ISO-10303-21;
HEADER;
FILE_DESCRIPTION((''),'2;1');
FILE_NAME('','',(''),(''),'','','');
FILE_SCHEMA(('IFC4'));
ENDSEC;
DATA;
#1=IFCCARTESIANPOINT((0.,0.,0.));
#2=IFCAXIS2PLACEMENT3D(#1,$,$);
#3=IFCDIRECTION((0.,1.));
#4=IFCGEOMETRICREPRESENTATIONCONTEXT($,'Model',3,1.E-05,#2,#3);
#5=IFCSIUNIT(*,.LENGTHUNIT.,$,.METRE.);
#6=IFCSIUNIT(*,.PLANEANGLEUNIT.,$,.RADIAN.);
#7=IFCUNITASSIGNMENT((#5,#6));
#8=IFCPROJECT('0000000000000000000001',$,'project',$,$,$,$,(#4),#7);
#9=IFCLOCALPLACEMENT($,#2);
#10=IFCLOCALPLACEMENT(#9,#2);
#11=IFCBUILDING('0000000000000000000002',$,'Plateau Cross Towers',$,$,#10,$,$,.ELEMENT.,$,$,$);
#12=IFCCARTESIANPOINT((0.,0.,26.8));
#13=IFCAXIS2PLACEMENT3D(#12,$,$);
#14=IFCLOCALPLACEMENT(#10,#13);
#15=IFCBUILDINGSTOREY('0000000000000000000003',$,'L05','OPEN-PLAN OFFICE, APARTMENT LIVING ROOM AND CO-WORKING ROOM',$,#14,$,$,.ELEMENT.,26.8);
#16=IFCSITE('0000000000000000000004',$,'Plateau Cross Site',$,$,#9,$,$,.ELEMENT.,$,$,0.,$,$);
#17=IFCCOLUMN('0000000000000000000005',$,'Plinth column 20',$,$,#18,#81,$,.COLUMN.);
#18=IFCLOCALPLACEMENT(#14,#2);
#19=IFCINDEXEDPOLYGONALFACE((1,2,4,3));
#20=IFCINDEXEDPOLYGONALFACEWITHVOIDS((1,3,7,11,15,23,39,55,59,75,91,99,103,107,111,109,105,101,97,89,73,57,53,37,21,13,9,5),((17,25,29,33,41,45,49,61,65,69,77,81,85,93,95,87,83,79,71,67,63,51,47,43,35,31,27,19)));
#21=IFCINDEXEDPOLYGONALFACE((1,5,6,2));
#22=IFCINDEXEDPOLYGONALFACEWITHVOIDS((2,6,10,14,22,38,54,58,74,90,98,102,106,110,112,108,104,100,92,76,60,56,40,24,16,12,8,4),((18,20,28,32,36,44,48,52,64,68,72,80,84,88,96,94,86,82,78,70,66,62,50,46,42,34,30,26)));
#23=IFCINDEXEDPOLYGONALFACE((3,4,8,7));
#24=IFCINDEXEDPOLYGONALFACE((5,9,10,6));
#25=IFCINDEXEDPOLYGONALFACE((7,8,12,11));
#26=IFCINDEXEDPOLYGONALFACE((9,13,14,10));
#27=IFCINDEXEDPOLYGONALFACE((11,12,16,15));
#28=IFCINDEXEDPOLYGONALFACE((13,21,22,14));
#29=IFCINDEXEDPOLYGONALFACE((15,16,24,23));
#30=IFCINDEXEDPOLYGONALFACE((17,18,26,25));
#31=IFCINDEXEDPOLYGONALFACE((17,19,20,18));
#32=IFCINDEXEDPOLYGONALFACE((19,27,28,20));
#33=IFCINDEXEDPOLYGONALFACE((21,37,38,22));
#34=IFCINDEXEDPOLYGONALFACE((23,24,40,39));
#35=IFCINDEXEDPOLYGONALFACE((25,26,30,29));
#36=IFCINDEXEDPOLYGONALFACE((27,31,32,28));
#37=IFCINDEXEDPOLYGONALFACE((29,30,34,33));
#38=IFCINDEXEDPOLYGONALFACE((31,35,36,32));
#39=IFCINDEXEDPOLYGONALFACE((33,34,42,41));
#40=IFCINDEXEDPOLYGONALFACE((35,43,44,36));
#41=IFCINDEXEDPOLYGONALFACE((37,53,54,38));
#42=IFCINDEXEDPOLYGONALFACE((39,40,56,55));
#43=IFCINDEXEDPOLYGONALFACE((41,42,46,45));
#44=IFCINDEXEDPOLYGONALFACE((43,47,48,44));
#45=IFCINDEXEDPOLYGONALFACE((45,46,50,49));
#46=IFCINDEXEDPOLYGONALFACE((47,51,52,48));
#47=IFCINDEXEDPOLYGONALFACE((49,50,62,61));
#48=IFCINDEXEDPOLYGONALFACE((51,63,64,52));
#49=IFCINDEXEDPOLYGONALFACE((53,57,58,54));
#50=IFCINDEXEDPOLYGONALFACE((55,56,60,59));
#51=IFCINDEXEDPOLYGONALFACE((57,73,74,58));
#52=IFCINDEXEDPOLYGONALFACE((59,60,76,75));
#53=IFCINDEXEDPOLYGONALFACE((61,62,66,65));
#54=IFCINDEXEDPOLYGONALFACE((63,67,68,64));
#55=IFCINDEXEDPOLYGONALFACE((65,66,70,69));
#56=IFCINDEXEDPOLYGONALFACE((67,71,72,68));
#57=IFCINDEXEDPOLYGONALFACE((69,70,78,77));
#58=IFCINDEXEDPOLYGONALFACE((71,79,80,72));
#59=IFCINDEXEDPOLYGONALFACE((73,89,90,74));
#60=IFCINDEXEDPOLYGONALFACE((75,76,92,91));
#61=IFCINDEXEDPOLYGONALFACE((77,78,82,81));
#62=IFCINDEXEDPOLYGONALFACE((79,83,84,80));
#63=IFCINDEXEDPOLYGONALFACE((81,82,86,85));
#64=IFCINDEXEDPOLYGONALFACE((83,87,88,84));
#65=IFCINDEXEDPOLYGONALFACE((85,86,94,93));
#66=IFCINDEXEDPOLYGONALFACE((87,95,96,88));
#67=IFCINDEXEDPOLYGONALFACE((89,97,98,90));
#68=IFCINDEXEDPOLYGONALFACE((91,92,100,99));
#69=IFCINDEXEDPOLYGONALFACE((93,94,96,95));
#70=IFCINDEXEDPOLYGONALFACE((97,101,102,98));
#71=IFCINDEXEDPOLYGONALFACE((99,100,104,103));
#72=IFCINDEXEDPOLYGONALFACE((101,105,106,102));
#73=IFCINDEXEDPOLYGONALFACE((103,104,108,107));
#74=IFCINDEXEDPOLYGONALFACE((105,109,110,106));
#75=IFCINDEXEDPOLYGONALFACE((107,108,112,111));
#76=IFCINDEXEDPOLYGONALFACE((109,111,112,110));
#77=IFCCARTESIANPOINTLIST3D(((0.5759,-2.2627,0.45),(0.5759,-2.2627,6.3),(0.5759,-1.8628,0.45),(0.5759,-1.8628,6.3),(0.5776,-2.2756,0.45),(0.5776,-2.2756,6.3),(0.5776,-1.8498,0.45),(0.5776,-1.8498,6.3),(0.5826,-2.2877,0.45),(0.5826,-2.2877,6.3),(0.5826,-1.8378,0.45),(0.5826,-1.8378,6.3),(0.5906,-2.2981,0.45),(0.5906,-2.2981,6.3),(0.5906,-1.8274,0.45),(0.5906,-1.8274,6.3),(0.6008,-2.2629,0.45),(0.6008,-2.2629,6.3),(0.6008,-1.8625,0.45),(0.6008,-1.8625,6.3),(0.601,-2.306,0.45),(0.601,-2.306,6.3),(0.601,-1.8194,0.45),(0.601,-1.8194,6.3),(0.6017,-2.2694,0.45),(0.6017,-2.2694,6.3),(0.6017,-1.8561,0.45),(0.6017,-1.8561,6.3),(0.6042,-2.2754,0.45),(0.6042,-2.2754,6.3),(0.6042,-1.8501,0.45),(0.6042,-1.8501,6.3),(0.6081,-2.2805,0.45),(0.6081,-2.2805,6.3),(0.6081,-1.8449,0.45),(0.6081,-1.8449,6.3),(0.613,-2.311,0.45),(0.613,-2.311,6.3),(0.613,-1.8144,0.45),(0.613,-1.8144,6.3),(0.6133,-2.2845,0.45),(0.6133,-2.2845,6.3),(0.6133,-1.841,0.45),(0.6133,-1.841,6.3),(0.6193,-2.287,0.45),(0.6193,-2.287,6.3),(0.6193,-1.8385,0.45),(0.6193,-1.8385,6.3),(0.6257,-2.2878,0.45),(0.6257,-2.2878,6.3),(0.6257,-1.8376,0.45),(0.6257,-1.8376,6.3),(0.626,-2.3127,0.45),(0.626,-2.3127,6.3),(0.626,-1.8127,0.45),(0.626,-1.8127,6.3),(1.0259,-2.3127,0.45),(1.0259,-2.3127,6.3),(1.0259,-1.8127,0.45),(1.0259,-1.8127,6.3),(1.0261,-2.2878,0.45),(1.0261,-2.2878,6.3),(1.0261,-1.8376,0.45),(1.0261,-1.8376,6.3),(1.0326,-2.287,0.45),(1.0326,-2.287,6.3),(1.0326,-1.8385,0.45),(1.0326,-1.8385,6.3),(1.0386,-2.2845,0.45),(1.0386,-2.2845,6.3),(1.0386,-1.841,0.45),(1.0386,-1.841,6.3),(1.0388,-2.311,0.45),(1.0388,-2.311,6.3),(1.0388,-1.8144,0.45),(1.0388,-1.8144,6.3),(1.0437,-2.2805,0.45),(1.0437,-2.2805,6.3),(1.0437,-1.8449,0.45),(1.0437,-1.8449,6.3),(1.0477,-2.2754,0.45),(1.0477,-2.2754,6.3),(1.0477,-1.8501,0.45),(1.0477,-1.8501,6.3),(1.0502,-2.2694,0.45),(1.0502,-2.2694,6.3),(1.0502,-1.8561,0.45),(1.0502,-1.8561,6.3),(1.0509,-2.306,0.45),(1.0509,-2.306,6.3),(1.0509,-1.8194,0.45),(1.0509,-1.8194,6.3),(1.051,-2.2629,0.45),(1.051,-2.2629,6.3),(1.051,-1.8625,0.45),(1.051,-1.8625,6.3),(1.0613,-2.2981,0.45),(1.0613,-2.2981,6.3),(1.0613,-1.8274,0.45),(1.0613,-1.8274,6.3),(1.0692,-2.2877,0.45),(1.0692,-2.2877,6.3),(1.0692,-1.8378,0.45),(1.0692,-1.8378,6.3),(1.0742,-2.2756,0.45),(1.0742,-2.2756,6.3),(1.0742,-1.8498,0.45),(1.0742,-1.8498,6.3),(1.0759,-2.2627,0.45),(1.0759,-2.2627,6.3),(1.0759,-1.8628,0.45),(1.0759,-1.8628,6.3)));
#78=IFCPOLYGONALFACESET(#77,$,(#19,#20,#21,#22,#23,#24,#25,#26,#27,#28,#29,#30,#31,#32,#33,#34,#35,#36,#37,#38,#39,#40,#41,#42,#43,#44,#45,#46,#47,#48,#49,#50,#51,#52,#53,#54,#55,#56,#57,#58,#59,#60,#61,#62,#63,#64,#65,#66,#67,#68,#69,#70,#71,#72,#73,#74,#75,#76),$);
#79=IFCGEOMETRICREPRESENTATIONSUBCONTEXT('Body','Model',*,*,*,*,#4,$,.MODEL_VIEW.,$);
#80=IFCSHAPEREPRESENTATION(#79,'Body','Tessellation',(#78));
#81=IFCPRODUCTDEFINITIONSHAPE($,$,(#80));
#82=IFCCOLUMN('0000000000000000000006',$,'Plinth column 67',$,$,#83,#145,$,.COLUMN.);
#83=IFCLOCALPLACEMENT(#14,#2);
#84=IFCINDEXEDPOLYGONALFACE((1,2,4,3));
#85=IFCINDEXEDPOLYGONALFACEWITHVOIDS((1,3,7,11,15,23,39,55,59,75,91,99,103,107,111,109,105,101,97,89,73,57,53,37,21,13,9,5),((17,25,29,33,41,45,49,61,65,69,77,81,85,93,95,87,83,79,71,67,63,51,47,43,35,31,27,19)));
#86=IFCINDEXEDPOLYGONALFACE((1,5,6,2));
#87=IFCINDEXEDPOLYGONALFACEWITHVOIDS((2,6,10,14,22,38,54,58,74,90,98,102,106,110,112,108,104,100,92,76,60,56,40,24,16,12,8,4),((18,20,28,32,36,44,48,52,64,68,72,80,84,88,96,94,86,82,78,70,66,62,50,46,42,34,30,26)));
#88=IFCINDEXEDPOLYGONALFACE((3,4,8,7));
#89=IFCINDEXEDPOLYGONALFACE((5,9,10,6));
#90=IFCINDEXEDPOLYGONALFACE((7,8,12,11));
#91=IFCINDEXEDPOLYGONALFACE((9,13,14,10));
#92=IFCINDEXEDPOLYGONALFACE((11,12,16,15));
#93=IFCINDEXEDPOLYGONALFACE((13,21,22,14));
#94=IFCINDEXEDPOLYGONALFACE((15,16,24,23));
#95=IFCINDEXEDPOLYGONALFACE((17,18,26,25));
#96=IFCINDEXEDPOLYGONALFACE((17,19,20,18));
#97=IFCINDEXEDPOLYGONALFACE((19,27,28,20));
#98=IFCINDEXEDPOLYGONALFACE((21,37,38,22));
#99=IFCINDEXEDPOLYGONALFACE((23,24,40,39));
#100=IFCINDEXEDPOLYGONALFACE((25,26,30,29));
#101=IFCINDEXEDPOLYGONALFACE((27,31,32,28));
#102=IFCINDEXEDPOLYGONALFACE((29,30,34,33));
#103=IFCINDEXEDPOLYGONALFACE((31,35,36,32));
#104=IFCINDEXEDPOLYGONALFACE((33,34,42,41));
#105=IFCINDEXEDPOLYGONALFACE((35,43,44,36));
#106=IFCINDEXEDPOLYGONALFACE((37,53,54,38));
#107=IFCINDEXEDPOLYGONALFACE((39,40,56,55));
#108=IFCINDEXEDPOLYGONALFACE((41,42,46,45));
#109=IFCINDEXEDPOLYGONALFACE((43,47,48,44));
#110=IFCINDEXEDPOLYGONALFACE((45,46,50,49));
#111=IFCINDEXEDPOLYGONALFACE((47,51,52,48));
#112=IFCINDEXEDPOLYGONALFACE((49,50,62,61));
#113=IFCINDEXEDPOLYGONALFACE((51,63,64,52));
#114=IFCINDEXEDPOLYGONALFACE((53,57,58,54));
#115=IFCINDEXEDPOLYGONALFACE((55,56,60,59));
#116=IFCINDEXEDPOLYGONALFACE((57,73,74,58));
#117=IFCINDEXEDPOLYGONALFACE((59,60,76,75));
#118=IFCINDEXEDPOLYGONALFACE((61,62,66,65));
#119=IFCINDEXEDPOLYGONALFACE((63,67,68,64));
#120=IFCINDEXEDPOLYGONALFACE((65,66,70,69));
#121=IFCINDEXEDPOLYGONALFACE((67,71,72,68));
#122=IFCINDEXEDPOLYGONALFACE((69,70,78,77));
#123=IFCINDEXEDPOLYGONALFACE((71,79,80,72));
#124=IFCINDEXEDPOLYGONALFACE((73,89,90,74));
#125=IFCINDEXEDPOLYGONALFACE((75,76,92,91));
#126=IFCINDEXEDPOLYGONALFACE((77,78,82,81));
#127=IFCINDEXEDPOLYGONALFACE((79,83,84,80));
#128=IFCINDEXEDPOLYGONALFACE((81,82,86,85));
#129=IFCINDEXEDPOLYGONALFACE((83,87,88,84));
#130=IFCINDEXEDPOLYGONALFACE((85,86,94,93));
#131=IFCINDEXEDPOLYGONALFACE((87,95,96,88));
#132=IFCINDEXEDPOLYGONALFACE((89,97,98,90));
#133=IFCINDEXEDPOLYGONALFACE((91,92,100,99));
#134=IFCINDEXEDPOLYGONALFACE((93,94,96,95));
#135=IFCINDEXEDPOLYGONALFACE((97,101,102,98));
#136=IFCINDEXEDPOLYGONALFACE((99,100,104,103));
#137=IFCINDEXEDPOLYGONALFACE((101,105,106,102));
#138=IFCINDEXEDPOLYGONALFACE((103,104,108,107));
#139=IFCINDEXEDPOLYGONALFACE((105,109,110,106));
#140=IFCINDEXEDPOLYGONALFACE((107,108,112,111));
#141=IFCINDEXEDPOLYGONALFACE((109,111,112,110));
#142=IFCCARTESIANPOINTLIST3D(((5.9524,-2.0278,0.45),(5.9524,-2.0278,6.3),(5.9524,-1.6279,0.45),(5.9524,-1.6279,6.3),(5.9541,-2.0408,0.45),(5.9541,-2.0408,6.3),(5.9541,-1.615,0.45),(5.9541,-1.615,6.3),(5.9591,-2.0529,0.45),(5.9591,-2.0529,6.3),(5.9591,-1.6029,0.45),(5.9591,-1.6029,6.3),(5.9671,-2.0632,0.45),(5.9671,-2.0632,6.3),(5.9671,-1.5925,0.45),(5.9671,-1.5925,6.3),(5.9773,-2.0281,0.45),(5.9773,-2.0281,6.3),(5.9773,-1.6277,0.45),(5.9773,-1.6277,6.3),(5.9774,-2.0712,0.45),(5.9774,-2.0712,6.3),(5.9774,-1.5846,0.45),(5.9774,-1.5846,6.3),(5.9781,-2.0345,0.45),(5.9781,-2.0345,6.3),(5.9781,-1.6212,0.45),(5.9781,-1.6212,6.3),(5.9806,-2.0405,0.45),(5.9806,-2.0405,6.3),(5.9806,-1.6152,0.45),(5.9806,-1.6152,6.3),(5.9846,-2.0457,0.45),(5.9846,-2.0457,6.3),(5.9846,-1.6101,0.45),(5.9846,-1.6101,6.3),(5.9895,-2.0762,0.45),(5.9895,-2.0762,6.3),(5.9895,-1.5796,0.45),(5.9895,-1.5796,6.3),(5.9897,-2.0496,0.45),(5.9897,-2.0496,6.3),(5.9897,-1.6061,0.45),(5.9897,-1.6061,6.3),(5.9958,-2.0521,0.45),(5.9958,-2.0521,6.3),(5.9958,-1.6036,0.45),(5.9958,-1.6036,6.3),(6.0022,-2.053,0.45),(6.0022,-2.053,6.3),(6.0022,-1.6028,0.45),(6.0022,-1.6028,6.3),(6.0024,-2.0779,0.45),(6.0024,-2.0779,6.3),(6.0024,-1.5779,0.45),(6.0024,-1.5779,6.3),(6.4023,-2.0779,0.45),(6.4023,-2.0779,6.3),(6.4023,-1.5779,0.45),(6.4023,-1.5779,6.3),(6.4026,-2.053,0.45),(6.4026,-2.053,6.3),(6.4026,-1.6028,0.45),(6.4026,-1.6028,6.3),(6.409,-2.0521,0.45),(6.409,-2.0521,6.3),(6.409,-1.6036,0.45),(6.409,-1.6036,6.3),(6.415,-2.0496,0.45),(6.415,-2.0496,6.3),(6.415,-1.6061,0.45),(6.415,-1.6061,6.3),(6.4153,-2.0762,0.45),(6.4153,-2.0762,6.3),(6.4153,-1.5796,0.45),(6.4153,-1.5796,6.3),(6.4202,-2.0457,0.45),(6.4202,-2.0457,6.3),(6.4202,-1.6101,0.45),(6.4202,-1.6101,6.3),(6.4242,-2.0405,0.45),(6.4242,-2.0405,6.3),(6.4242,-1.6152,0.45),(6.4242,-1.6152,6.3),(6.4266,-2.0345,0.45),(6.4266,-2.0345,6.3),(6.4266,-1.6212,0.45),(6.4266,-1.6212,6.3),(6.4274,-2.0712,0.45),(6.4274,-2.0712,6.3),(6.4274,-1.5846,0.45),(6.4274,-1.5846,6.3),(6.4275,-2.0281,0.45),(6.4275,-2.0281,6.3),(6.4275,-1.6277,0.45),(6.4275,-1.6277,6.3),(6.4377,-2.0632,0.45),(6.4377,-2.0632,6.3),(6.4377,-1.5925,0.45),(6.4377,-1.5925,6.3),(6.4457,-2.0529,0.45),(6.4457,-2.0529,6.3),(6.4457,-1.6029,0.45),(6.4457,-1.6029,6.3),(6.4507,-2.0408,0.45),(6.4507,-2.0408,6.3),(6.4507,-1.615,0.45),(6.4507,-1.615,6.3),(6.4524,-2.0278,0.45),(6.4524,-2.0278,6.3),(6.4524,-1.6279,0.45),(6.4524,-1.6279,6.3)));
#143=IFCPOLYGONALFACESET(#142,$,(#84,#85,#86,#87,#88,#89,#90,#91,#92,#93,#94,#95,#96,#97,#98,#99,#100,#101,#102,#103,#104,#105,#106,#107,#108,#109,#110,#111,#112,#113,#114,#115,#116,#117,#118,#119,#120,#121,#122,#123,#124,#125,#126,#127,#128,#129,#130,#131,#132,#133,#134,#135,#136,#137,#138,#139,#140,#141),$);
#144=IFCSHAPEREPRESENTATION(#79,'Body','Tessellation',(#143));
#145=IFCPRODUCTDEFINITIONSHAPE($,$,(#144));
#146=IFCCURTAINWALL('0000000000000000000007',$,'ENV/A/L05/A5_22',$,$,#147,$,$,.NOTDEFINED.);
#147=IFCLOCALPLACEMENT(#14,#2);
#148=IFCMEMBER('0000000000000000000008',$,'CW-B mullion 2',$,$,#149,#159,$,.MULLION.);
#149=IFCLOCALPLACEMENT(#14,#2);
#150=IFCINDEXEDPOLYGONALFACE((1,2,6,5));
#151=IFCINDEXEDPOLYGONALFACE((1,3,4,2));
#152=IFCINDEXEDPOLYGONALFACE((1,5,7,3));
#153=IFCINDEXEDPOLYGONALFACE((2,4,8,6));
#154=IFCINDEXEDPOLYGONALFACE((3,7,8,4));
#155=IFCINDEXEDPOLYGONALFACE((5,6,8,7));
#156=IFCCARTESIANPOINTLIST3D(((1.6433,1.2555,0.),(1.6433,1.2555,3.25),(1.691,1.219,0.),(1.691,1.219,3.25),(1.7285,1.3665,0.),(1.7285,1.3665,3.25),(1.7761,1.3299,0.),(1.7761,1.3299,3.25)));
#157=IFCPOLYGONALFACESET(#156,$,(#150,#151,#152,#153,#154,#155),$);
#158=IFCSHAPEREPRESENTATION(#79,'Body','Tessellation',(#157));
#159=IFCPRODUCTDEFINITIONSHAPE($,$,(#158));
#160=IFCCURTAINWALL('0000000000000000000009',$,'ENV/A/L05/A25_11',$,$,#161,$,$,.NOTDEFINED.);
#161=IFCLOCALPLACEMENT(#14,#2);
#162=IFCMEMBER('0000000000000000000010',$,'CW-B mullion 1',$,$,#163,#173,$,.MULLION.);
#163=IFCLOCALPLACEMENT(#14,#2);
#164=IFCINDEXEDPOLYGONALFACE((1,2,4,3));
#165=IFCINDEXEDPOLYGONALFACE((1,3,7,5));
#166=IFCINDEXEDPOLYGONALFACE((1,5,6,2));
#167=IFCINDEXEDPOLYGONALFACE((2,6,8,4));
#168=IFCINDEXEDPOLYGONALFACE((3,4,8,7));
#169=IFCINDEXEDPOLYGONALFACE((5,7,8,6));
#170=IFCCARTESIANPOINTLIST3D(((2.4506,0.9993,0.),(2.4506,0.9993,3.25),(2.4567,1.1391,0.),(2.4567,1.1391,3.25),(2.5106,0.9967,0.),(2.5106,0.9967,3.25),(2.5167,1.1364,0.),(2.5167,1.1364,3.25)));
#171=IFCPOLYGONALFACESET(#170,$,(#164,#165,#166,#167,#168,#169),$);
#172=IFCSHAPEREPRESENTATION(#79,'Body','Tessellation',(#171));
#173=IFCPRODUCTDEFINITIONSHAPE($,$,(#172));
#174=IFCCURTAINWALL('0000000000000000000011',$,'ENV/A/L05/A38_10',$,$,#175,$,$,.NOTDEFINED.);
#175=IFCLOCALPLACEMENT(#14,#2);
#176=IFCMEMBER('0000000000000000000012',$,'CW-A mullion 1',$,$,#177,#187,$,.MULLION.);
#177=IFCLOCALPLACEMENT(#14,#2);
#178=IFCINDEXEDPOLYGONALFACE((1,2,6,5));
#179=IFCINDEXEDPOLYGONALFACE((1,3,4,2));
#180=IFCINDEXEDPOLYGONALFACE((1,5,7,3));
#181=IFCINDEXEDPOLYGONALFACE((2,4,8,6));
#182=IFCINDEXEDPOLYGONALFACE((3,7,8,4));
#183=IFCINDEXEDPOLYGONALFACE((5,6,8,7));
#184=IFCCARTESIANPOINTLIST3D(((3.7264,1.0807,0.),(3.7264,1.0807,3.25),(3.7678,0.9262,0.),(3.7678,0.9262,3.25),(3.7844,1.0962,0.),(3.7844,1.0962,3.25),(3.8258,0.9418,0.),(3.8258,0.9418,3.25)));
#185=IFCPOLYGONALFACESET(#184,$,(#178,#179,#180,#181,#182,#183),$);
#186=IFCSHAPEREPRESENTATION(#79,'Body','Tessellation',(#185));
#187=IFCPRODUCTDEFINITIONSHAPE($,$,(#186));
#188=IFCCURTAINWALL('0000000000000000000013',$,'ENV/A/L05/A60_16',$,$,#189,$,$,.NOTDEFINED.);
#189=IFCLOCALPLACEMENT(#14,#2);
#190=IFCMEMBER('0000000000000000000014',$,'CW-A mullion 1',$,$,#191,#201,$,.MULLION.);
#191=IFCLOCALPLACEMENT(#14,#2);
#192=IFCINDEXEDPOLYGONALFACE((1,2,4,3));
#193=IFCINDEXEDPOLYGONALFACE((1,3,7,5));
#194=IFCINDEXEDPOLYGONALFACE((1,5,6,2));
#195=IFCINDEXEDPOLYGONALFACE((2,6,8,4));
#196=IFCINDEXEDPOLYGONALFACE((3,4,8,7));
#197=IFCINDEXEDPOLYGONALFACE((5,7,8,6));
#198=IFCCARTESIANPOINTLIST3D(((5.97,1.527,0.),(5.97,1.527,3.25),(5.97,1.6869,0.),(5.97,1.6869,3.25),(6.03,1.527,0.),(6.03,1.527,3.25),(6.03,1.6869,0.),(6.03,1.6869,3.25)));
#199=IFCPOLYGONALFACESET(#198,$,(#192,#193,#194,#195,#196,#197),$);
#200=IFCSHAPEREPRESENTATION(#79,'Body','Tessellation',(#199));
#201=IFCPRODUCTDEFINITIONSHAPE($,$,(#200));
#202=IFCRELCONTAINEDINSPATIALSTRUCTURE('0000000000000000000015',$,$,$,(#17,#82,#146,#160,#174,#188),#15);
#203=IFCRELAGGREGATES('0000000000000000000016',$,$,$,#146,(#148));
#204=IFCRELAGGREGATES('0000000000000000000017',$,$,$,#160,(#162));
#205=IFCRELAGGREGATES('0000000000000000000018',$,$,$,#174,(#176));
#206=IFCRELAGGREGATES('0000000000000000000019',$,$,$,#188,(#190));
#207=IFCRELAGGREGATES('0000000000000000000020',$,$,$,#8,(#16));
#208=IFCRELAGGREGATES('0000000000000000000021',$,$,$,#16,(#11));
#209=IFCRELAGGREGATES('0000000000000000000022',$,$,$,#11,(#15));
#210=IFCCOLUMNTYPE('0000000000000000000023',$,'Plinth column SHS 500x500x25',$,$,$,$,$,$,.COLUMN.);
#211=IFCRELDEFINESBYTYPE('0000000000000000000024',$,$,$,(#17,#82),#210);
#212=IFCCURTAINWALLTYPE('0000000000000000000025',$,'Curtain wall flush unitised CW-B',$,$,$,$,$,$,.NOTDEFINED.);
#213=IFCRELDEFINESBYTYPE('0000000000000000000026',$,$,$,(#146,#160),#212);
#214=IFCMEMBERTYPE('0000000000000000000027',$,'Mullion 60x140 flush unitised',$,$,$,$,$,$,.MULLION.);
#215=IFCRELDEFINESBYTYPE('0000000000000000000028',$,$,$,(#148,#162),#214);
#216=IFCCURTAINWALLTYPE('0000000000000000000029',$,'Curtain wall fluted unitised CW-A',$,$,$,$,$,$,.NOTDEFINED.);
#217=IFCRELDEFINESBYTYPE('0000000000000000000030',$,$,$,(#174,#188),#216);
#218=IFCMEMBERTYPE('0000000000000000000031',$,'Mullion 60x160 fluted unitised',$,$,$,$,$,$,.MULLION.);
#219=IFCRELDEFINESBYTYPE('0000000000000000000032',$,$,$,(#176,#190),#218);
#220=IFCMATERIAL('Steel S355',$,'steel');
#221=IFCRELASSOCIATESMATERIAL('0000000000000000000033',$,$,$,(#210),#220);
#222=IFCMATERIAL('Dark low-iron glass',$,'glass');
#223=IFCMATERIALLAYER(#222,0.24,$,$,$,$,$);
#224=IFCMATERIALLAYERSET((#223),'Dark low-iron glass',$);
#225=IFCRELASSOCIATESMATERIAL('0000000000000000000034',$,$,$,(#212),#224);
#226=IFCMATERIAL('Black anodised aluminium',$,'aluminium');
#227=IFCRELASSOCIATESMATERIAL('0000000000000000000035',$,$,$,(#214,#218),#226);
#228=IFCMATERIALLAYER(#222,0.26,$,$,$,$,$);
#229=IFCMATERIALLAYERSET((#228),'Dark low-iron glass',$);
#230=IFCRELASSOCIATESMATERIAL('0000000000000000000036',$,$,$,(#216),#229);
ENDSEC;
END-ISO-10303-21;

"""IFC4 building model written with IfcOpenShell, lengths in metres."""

from ifc_helpers import new_model, si_unit, direction, frame, origin, origin_2d, place, context, subcontext, project, spatial, rectangle, hollow_rectangle, extrude, material, layer, layer_set, material_profile, profile_set, type_object, element, aggregate, save


model = new_model("IFC4")

# Units and contexts
model_context = context("Model", 3, precision=1e-05, world=origin(), true_north=direction((0.0, 1.0)))
body_context = subcontext(model_context, "Body", "Model", "MODEL_VIEW")
ifc_project = project(units=[si_unit("LENGTHUNIT", "METRE"), si_unit("PLANEANGLEUNIT", "RADIAN")], contexts=[model_context])

# Site, building, storey
site_placement = place(None, origin())
site = spatial("IfcSite", under=ifc_project, at=site_placement, Name="Plateau Cross Site", CompositionType="ELEMENT", RefElevation=0.0)
building_placement = place(site_placement, origin())
building = spatial("IfcBuilding", under=site, at=building_placement, Name="Plateau Cross Towers", CompositionType="ELEMENT")
storey_placement = place(building_placement, frame((0.0, 0.0, 26.8)))
storey = spatial("IfcBuildingStorey", under=building, at=storey_placement, Name="L05", Description="OPEN-PLAN OFFICE, APARTMENT LIVING ROOM AND CO-WORKING ROOM", CompositionType="ELEMENT", Elevation=26.8)

# Columns
ifc_material_1 = material(Name="Steel S355", Category="steel")
ifc_material_profile_1 = material_profile(ifc_material_1, hollow_rectangle(XDim=0.5, YDim=0.5, WallThickness=0.0249, InnerFilletRadius=0.0249, OuterFilletRadius=0.05, at=origin_2d()), Name="SHS 500x500x25")
ifc_profile_set_1 = profile_set([ifc_material_profile_1], Name="Steel S355")
column_type = type_object("IfcColumnType", Name="Plinth column SHS 500x500x25", PredefinedType="COLUMN", material=ifc_profile_set_1)
for number, where, z_axis, x_axis, name in (
    (1, (0.8259, -2.0627, 0.45), (0.0, 0.0, 1.0), (1.0, 0.0, 0.0), "Plinth column 20"),
    (2, (6.2024, -1.8279, 0.45), (0.0, 0.0, 1.0), (1.0, 0.0, 0.0), "Plinth column 67"),
):
    element("IfcColumn", number, at=place(storey_placement, frame(where, z_axis=z_axis, x_axis=x_axis)), inside=storey, type_object=column_type, Name=name, PredefinedType="COLUMN", context=body_context, shape_type="SweptSolid", body=[
        extrude(hollow_rectangle(XDim=0.5, YDim=0.5, WallThickness=0.0249, InnerFilletRadius=0.0249, OuterFilletRadius=0.05, at=origin_2d()), origin(), (0.0, 0.0, 1.0), 5.8501),
    ])

# Curtain walls, members
ifc_material_2 = material(Name="Dark low-iron glass", Category="glass")
ifc_layer_1 = layer(ifc_material_2, 0.24)
ifc_layer_set_1 = layer_set([ifc_layer_1], Name="Dark low-iron glass")
curtain_wall_type_1 = type_object("IfcCurtainWallType", Name="Curtain wall flush unitised CW-B", PredefinedType="NOTDEFINED", material=ifc_layer_set_1)
curtain_wall_1_placement = place(storey_placement, origin())
curtain_wall_1 = element("IfcCurtainWall", 3, at=curtain_wall_1_placement, inside=storey, type_object=curtain_wall_type_1, Name="ENV/A/L05/A5_22", PredefinedType="NOTDEFINED")
ifc_material_3 = material(Name="Black anodised aluminium", Category="aluminium")
ifc_material_profile_2 = material_profile(ifc_material_3, rectangle(XDim=0.0601, YDim=0.1399, at=origin_2d()), Name="MULLION 60x140")
ifc_profile_set_2 = profile_set([ifc_material_profile_2], Name="Black anodised aluminium")
member_type_1 = type_object("IfcMemberType", Name="Mullion 60x140 flush unitised", PredefinedType="MULLION", material=ifc_profile_set_2)
member_1_placement = place(storey_placement, frame((1.7097, 1.2927, 0.0), z_axis=(0.0, 0.0, 1.0), x_axis=(0.793316, -0.608811, 0.0)))
member_1 = element("IfcMember", 4, at=member_1_placement, type_object=member_type_1, Name="CW-B mullion 2", PredefinedType="MULLION", context=body_context, shape_type="SweptSolid", body=[
    extrude(rectangle(XDim=0.0601, YDim=0.1399, at=origin_2d()), origin(), (0.0, 0.0, 1.0), 3.25),
])
aggregate(curtain_wall_1, [member_1])
curtain_wall_2_placement = place(storey_placement, origin())
curtain_wall_2 = element("IfcCurtainWall", 5, at=curtain_wall_2_placement, inside=storey, type_object=curtain_wall_type_1, Name="ENV/A/L05/A25_11", PredefinedType="NOTDEFINED")
member_2_placement = place(storey_placement, frame((2.4836, 1.0679, 0.0), z_axis=(0.0, 0.0, 1.0), x_axis=(0.999044, -0.043723, 0.0)))
member_2 = element("IfcMember", 6, at=member_2_placement, type_object=member_type_1, Name="CW-B mullion 1", PredefinedType="MULLION", context=body_context, shape_type="SweptSolid", body=[
    extrude(rectangle(XDim=0.0601, YDim=0.1399, at=origin_2d()), origin(), (0.0, 0.0, 1.0), 3.25),
])
ifc_layer_2 = layer(ifc_material_2, 0.26)
ifc_layer_set_2 = layer_set([ifc_layer_2], Name="Dark low-iron glass")
curtain_wall_type_2 = type_object("IfcCurtainWallType", Name="Curtain wall fluted unitised CW-A", PredefinedType="NOTDEFINED", material=ifc_layer_set_2)
curtain_wall_3_placement = place(storey_placement, origin())
curtain_wall_3 = element("IfcCurtainWall", 7, at=curtain_wall_3_placement, inside=storey, type_object=curtain_wall_type_2, Name="ENV/A/L05/A38_10", PredefinedType="NOTDEFINED")
ifc_material_profile_3 = material_profile(ifc_material_3, rectangle(XDim=0.0601, YDim=0.1599, at=origin_2d()), Name="MULLION 60x160")
ifc_profile_set_3 = profile_set([ifc_material_profile_3], Name="Black anodised aluminium")
member_type_2 = type_object("IfcMemberType", Name="Mullion 60x160 fluted unitised", PredefinedType="MULLION", material=ifc_profile_set_3)
member_3_placement = place(storey_placement, frame((3.7761, 1.0112, 0.0), z_axis=(0.0, 0.0, 1.0), x_axis=(0.965958, 0.258699, 0.0)))
member_3 = element("IfcMember", 8, at=member_3_placement, type_object=member_type_2, Name="CW-A mullion 1", PredefinedType="MULLION", context=body_context, shape_type="SweptSolid", body=[
    extrude(rectangle(XDim=0.0601, YDim=0.1599, at=origin_2d()), origin(), (0.0, 0.0, 1.0), 3.25),
])
curtain_wall_4_placement = place(storey_placement, origin())
curtain_wall_4 = element("IfcCurtainWall", 9, at=curtain_wall_4_placement, inside=storey, type_object=curtain_wall_type_2, Name="ENV/A/L05/A60_16", PredefinedType="NOTDEFINED")
member_4_placement = place(storey_placement, frame((6.0, 1.6069, 0.0), z_axis=(0.0, 0.0, 1.0), x_axis=(1.0, 0.0, 0.0)))
member_4 = element("IfcMember", 10, at=member_4_placement, type_object=member_type_2, Name="CW-A mullion 1", PredefinedType="MULLION", context=body_context, shape_type="SweptSolid", body=[
    extrude(rectangle(XDim=0.0601, YDim=0.1599, at=origin_2d()), origin(), (0.0, 0.0, 1.0), 3.25),
])

aggregate(curtain_wall_2, [member_2])
aggregate(curtain_wall_3, [member_3])
aggregate(curtain_wall_4, [member_4])

save(model, "model.ifc")
